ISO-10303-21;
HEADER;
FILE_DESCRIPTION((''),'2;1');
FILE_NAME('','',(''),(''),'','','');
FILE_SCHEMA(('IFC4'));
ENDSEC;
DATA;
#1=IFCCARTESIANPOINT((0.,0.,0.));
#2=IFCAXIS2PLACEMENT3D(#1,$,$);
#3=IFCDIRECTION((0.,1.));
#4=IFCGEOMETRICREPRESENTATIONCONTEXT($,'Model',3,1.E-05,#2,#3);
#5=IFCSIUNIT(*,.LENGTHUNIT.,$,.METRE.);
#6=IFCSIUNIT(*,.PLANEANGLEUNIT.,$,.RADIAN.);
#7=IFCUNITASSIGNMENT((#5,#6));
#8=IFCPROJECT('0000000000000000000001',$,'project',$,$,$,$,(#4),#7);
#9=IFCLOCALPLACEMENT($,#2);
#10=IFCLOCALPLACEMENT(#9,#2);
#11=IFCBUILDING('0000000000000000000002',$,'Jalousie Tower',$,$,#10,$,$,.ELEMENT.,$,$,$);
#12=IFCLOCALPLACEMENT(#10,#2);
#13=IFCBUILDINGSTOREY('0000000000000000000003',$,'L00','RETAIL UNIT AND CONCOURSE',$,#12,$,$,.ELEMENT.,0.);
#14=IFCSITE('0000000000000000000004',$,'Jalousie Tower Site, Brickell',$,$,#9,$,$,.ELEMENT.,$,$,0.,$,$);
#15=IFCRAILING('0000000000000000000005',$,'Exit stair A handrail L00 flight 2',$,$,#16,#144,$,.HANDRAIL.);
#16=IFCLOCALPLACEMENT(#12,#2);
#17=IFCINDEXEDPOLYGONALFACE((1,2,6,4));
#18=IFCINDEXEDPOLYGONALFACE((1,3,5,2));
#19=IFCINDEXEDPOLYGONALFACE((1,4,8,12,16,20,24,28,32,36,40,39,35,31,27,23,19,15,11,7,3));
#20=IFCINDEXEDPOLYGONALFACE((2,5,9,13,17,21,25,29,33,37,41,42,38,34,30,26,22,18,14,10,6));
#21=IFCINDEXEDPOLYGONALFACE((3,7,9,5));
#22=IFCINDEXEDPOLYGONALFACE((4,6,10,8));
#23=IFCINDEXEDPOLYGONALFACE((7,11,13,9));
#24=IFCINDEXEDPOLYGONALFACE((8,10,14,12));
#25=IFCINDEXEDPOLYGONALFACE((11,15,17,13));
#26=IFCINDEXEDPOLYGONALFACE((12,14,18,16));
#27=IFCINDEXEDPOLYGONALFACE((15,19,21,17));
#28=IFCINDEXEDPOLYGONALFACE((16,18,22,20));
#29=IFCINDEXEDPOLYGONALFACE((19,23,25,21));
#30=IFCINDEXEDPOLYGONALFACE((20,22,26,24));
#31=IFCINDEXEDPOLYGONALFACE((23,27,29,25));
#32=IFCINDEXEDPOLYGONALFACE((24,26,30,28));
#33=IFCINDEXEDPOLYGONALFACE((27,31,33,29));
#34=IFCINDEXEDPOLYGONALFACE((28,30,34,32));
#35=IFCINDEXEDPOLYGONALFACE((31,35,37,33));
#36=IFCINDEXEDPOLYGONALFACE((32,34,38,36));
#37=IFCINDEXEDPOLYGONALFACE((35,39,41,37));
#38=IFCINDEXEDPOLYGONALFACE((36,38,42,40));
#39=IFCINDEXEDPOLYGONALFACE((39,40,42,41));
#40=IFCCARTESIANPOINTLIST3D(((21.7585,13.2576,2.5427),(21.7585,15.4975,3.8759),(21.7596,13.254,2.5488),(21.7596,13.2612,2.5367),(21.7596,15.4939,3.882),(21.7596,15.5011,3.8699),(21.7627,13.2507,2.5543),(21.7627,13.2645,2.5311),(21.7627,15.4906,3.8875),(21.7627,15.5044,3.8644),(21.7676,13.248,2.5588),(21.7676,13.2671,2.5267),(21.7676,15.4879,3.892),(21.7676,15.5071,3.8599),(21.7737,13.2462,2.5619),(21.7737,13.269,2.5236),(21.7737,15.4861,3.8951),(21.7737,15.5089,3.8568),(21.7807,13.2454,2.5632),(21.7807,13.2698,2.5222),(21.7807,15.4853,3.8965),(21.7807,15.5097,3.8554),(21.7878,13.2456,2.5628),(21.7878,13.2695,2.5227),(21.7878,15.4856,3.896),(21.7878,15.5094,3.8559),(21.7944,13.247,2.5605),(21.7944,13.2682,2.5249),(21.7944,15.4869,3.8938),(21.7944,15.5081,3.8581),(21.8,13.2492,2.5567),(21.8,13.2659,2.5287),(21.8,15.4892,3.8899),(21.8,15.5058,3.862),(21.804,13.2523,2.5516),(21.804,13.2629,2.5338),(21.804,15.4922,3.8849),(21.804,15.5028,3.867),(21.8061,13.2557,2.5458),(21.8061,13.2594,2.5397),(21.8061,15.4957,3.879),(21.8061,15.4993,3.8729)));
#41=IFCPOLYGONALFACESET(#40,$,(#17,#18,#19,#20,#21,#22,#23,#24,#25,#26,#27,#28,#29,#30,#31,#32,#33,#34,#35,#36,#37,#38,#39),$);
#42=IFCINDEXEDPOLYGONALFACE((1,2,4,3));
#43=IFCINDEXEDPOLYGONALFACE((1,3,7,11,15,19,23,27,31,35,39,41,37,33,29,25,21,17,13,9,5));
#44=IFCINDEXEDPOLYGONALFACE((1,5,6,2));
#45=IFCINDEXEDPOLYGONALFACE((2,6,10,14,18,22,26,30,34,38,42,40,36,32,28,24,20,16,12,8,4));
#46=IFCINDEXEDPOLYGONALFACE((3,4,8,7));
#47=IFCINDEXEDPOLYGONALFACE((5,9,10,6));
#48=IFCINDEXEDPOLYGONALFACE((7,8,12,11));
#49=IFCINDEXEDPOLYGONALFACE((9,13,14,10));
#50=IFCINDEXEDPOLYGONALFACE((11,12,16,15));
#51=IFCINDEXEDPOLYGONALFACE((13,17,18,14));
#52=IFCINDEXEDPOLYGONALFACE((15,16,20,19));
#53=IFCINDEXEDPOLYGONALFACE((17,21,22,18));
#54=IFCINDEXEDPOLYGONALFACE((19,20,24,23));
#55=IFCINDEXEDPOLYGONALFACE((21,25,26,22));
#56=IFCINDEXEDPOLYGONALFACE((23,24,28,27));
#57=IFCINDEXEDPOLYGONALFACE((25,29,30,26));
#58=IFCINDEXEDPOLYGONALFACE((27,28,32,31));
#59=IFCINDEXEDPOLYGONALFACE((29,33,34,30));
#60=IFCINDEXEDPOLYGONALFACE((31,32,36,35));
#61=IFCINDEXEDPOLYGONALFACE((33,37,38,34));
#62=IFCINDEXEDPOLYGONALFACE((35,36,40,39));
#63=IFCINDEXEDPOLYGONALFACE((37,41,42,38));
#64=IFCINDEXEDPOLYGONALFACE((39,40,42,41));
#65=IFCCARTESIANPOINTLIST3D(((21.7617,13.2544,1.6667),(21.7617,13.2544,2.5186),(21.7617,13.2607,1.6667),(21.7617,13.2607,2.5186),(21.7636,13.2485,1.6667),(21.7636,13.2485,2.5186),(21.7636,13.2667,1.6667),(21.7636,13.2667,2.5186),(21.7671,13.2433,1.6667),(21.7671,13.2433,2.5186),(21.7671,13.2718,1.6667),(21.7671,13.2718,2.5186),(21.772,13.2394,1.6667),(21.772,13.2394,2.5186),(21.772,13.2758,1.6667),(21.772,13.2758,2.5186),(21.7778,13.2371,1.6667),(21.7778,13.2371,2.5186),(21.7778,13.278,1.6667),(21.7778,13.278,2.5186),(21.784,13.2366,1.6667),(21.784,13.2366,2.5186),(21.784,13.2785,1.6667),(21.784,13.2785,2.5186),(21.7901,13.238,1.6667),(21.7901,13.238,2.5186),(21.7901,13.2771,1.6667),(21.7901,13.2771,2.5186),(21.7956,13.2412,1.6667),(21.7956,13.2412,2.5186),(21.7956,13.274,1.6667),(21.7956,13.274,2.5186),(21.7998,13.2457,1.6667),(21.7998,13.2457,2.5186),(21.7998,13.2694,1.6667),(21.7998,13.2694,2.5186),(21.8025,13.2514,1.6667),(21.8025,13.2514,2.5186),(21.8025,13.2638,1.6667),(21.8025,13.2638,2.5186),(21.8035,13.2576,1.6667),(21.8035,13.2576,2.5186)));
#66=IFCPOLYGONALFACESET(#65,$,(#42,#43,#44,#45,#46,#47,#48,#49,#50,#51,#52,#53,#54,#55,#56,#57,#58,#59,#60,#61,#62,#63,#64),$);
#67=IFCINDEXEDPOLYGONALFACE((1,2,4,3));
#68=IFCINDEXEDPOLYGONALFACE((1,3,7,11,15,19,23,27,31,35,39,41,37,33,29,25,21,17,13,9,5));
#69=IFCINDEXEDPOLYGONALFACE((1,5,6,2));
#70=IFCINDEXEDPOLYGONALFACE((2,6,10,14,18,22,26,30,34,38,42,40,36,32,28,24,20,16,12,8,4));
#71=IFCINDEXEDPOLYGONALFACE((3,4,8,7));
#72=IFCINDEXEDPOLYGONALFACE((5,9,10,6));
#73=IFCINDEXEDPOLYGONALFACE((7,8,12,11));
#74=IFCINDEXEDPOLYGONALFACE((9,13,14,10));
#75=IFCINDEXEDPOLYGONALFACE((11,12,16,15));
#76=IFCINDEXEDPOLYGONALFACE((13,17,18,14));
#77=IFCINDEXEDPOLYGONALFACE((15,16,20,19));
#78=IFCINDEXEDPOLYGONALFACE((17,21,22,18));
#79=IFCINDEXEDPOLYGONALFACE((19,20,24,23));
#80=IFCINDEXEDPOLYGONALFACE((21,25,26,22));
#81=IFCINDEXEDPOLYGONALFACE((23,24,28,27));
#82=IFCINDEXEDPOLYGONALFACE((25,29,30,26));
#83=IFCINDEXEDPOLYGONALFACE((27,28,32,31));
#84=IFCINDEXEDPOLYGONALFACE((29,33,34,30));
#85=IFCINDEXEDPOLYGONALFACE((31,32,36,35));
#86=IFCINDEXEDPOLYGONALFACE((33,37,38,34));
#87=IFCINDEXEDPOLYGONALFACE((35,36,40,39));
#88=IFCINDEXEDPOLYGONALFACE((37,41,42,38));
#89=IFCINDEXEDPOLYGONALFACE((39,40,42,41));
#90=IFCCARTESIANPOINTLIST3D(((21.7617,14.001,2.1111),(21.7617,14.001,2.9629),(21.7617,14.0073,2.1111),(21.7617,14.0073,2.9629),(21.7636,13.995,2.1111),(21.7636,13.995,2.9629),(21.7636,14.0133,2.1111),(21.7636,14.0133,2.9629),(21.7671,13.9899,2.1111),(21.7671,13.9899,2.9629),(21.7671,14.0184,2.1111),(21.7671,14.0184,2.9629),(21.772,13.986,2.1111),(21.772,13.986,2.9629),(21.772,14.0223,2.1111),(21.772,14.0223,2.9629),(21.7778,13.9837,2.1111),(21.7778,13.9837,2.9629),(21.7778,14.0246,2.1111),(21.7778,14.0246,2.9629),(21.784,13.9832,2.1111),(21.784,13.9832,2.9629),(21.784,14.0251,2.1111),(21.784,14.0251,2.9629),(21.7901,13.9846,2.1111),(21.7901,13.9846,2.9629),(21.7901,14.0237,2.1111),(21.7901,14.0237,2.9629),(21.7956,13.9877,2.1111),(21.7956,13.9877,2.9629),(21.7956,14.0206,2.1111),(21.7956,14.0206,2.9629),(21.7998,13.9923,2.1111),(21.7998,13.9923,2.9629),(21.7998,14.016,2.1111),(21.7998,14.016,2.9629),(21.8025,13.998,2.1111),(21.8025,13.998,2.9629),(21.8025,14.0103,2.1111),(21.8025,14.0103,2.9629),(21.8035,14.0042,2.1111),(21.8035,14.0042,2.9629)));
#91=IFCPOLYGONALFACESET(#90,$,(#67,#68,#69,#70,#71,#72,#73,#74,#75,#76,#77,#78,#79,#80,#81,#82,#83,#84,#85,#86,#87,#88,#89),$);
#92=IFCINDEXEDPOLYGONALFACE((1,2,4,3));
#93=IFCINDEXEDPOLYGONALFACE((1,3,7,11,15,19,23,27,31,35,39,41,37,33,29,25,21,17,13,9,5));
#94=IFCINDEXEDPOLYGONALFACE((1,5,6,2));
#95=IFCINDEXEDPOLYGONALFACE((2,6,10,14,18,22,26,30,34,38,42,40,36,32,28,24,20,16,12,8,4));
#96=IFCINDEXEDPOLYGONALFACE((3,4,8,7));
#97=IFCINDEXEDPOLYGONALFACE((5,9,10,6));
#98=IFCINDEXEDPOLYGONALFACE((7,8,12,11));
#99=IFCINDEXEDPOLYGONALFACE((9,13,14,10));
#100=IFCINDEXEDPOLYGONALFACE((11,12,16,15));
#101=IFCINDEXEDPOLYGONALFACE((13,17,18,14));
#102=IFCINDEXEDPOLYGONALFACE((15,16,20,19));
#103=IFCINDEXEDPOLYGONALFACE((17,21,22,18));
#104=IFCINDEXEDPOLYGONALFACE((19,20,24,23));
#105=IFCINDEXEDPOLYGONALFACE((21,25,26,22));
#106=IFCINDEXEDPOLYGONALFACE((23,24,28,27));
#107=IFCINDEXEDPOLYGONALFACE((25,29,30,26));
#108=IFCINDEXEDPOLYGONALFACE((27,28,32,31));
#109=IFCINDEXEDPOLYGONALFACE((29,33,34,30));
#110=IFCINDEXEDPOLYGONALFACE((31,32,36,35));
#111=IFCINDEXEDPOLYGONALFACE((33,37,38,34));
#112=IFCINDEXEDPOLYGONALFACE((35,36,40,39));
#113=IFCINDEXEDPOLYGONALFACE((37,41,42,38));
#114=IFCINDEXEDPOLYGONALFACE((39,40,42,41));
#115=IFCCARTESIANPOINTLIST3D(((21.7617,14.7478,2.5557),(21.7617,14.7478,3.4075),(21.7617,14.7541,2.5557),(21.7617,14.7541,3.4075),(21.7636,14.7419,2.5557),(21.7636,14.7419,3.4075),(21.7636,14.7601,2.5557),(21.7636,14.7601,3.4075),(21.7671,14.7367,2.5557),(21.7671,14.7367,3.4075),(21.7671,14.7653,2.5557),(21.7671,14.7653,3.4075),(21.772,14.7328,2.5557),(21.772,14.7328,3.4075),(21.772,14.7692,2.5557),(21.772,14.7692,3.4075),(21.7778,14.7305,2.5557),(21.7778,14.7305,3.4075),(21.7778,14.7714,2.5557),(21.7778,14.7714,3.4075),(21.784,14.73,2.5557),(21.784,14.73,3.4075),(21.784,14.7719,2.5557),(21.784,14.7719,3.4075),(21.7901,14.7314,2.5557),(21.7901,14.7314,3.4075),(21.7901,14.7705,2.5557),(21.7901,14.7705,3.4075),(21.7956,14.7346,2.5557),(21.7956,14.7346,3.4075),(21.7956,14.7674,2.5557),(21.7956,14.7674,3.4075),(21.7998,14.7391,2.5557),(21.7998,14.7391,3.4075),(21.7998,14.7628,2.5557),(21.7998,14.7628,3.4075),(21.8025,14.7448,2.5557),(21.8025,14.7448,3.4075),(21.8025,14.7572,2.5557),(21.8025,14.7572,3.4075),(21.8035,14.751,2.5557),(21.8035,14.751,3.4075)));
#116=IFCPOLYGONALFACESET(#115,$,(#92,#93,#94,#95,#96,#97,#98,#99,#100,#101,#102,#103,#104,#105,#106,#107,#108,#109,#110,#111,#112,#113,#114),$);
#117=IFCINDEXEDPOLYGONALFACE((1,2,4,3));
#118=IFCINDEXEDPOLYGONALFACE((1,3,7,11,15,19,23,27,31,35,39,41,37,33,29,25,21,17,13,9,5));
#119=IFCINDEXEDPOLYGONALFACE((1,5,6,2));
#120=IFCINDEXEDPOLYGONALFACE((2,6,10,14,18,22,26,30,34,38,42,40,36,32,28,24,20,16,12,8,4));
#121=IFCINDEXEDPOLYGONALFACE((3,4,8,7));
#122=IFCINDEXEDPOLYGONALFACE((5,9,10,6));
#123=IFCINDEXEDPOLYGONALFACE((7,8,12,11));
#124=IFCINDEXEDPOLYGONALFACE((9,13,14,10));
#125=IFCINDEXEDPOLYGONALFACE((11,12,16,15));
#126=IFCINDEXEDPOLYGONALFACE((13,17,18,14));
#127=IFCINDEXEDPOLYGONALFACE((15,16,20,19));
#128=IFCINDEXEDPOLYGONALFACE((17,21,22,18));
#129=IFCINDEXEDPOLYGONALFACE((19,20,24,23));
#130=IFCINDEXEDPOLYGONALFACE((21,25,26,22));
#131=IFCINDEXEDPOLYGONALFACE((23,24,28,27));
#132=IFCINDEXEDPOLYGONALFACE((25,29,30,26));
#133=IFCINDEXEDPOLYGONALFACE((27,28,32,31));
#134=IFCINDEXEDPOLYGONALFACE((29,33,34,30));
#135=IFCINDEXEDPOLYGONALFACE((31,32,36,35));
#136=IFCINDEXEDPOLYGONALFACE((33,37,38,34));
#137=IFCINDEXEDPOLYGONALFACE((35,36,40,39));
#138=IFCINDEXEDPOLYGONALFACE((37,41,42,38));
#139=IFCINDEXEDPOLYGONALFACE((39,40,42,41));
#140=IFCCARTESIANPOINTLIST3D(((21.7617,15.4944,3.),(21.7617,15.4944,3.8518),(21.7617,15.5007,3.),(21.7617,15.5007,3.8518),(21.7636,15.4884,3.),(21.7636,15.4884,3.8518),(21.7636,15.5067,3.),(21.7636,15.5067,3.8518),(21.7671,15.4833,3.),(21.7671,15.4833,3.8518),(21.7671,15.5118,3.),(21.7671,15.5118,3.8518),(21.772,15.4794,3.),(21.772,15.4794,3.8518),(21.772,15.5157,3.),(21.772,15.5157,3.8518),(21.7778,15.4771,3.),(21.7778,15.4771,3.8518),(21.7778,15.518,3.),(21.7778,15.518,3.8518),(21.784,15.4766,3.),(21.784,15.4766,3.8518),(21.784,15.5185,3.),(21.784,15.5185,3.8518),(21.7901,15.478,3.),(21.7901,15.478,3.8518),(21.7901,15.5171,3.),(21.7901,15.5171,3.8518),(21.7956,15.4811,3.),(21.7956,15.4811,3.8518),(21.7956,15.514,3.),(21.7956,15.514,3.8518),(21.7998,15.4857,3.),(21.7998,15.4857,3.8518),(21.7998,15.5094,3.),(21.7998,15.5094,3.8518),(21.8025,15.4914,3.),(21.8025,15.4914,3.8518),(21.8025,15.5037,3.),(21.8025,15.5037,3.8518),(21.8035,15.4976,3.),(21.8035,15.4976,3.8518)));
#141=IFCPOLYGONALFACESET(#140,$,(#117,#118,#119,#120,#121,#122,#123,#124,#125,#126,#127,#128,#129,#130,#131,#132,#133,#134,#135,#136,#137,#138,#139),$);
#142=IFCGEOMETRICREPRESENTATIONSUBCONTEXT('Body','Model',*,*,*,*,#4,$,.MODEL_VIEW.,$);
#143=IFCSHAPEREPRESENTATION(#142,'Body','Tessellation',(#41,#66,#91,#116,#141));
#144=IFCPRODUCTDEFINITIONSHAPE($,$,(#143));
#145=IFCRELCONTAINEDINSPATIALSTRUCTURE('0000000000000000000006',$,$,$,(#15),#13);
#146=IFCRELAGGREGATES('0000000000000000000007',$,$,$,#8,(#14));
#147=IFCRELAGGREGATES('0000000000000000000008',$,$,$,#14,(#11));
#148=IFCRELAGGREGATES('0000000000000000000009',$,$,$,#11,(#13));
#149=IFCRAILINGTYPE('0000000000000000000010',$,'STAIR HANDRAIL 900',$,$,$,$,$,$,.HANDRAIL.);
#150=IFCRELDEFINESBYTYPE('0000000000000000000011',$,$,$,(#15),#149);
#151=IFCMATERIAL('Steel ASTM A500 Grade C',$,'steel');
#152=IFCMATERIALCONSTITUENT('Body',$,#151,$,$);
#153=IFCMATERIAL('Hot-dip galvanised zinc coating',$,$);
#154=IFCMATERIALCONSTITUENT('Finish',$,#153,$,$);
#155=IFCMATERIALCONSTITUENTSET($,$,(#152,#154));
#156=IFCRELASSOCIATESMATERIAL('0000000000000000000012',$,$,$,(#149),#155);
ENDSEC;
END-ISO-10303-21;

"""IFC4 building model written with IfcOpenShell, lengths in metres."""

from ifc_helpers import new_model, si_unit, direction, frame, origin, origin_2d, place, context, subcontext, project, spatial, circle, extrude, material, constituent, constituent_set, type_object, element, save


model = new_model("IFC4")

# Units and contexts
model_context = context("Model", 3, precision=1e-05, world=origin(), true_north=direction((0.0, 1.0)))
body_context = subcontext(model_context, "Body", "Model", "MODEL_VIEW")
ifc_project = project(units=[si_unit("LENGTHUNIT", "METRE"), si_unit("PLANEANGLEUNIT", "RADIAN")], contexts=[model_context])

# Site, building, storey
site_placement = place(None, origin())
site = spatial("IfcSite", under=ifc_project, at=site_placement, Name="Jalousie Tower Site, Brickell", CompositionType="ELEMENT", RefElevation=0.0)
building_placement = place(site_placement, origin())
building = spatial("IfcBuilding", under=site, at=building_placement, Name="Jalousie Tower", CompositionType="ELEMENT")
storey_placement = place(building_placement, origin())
storey = spatial("IfcBuildingStorey", under=building, at=storey_placement, Name="L00", Description="RETAIL UNIT AND CONCOURSE", CompositionType="ELEMENT", Elevation=0.0)

# Railing
ifc_material_1 = material(Name="Steel ASTM A500 Grade C", Category="steel")
ifc_constituent_1 = constituent(ifc_material_1, Name="Body")
ifc_material_2 = material(Name="Hot-dip galvanised zinc coating")
ifc_constituent_2 = constituent(ifc_material_2, Name="Finish")
ifc_constituent_set_1 = constituent_set(constituents=[ifc_constituent_1, ifc_constituent_2])
railing_type_1 = type_object("IfcRailingType", Name="STAIR HANDRAIL 900", PredefinedType="HANDRAIL", material=ifc_constituent_set_1)
railing_1_placement = place(storey_placement, frame((21.7825, 13.2576, 1.6667)))
element("IfcRailing", 1, at=railing_1_placement, inside=storey, type_object=railing_type_1, Name="Exit stair A handrail L00 flight 2", PredefinedType="HANDRAIL", context=body_context, shape_type="SweptSolid", body=[
    extrude(circle(Radius=0.0239, at=origin_2d()), frame((0.0, 0.0, 0.876), z_axis=(0.0, 0.859306, 0.511462), x_axis=(-1.0, 0.0, 0.0)), (0.0, 0.0, 1.0), 2.6067),
    extrude(circle(Radius=0.021, at=origin_2d()), origin(), (0.0, 0.0, 1.0), 0.8518),
    extrude(circle(Radius=0.021, at=origin_2d()), frame((0.0, 0.7466, 0.4443)), (0.0, 0.0, 1.0), 0.8518),
    extrude(circle(Radius=0.021, at=origin_2d()), frame((0.0, 1.4934, 0.8889)), (0.0, 0.0, 1.0), 0.8518),
    extrude(circle(Radius=0.021, at=origin_2d()), frame((0.0, 2.24, 1.3333)), (0.0, 0.0, 1.0), 0.8518),
])

save(model, "model.ifc")
